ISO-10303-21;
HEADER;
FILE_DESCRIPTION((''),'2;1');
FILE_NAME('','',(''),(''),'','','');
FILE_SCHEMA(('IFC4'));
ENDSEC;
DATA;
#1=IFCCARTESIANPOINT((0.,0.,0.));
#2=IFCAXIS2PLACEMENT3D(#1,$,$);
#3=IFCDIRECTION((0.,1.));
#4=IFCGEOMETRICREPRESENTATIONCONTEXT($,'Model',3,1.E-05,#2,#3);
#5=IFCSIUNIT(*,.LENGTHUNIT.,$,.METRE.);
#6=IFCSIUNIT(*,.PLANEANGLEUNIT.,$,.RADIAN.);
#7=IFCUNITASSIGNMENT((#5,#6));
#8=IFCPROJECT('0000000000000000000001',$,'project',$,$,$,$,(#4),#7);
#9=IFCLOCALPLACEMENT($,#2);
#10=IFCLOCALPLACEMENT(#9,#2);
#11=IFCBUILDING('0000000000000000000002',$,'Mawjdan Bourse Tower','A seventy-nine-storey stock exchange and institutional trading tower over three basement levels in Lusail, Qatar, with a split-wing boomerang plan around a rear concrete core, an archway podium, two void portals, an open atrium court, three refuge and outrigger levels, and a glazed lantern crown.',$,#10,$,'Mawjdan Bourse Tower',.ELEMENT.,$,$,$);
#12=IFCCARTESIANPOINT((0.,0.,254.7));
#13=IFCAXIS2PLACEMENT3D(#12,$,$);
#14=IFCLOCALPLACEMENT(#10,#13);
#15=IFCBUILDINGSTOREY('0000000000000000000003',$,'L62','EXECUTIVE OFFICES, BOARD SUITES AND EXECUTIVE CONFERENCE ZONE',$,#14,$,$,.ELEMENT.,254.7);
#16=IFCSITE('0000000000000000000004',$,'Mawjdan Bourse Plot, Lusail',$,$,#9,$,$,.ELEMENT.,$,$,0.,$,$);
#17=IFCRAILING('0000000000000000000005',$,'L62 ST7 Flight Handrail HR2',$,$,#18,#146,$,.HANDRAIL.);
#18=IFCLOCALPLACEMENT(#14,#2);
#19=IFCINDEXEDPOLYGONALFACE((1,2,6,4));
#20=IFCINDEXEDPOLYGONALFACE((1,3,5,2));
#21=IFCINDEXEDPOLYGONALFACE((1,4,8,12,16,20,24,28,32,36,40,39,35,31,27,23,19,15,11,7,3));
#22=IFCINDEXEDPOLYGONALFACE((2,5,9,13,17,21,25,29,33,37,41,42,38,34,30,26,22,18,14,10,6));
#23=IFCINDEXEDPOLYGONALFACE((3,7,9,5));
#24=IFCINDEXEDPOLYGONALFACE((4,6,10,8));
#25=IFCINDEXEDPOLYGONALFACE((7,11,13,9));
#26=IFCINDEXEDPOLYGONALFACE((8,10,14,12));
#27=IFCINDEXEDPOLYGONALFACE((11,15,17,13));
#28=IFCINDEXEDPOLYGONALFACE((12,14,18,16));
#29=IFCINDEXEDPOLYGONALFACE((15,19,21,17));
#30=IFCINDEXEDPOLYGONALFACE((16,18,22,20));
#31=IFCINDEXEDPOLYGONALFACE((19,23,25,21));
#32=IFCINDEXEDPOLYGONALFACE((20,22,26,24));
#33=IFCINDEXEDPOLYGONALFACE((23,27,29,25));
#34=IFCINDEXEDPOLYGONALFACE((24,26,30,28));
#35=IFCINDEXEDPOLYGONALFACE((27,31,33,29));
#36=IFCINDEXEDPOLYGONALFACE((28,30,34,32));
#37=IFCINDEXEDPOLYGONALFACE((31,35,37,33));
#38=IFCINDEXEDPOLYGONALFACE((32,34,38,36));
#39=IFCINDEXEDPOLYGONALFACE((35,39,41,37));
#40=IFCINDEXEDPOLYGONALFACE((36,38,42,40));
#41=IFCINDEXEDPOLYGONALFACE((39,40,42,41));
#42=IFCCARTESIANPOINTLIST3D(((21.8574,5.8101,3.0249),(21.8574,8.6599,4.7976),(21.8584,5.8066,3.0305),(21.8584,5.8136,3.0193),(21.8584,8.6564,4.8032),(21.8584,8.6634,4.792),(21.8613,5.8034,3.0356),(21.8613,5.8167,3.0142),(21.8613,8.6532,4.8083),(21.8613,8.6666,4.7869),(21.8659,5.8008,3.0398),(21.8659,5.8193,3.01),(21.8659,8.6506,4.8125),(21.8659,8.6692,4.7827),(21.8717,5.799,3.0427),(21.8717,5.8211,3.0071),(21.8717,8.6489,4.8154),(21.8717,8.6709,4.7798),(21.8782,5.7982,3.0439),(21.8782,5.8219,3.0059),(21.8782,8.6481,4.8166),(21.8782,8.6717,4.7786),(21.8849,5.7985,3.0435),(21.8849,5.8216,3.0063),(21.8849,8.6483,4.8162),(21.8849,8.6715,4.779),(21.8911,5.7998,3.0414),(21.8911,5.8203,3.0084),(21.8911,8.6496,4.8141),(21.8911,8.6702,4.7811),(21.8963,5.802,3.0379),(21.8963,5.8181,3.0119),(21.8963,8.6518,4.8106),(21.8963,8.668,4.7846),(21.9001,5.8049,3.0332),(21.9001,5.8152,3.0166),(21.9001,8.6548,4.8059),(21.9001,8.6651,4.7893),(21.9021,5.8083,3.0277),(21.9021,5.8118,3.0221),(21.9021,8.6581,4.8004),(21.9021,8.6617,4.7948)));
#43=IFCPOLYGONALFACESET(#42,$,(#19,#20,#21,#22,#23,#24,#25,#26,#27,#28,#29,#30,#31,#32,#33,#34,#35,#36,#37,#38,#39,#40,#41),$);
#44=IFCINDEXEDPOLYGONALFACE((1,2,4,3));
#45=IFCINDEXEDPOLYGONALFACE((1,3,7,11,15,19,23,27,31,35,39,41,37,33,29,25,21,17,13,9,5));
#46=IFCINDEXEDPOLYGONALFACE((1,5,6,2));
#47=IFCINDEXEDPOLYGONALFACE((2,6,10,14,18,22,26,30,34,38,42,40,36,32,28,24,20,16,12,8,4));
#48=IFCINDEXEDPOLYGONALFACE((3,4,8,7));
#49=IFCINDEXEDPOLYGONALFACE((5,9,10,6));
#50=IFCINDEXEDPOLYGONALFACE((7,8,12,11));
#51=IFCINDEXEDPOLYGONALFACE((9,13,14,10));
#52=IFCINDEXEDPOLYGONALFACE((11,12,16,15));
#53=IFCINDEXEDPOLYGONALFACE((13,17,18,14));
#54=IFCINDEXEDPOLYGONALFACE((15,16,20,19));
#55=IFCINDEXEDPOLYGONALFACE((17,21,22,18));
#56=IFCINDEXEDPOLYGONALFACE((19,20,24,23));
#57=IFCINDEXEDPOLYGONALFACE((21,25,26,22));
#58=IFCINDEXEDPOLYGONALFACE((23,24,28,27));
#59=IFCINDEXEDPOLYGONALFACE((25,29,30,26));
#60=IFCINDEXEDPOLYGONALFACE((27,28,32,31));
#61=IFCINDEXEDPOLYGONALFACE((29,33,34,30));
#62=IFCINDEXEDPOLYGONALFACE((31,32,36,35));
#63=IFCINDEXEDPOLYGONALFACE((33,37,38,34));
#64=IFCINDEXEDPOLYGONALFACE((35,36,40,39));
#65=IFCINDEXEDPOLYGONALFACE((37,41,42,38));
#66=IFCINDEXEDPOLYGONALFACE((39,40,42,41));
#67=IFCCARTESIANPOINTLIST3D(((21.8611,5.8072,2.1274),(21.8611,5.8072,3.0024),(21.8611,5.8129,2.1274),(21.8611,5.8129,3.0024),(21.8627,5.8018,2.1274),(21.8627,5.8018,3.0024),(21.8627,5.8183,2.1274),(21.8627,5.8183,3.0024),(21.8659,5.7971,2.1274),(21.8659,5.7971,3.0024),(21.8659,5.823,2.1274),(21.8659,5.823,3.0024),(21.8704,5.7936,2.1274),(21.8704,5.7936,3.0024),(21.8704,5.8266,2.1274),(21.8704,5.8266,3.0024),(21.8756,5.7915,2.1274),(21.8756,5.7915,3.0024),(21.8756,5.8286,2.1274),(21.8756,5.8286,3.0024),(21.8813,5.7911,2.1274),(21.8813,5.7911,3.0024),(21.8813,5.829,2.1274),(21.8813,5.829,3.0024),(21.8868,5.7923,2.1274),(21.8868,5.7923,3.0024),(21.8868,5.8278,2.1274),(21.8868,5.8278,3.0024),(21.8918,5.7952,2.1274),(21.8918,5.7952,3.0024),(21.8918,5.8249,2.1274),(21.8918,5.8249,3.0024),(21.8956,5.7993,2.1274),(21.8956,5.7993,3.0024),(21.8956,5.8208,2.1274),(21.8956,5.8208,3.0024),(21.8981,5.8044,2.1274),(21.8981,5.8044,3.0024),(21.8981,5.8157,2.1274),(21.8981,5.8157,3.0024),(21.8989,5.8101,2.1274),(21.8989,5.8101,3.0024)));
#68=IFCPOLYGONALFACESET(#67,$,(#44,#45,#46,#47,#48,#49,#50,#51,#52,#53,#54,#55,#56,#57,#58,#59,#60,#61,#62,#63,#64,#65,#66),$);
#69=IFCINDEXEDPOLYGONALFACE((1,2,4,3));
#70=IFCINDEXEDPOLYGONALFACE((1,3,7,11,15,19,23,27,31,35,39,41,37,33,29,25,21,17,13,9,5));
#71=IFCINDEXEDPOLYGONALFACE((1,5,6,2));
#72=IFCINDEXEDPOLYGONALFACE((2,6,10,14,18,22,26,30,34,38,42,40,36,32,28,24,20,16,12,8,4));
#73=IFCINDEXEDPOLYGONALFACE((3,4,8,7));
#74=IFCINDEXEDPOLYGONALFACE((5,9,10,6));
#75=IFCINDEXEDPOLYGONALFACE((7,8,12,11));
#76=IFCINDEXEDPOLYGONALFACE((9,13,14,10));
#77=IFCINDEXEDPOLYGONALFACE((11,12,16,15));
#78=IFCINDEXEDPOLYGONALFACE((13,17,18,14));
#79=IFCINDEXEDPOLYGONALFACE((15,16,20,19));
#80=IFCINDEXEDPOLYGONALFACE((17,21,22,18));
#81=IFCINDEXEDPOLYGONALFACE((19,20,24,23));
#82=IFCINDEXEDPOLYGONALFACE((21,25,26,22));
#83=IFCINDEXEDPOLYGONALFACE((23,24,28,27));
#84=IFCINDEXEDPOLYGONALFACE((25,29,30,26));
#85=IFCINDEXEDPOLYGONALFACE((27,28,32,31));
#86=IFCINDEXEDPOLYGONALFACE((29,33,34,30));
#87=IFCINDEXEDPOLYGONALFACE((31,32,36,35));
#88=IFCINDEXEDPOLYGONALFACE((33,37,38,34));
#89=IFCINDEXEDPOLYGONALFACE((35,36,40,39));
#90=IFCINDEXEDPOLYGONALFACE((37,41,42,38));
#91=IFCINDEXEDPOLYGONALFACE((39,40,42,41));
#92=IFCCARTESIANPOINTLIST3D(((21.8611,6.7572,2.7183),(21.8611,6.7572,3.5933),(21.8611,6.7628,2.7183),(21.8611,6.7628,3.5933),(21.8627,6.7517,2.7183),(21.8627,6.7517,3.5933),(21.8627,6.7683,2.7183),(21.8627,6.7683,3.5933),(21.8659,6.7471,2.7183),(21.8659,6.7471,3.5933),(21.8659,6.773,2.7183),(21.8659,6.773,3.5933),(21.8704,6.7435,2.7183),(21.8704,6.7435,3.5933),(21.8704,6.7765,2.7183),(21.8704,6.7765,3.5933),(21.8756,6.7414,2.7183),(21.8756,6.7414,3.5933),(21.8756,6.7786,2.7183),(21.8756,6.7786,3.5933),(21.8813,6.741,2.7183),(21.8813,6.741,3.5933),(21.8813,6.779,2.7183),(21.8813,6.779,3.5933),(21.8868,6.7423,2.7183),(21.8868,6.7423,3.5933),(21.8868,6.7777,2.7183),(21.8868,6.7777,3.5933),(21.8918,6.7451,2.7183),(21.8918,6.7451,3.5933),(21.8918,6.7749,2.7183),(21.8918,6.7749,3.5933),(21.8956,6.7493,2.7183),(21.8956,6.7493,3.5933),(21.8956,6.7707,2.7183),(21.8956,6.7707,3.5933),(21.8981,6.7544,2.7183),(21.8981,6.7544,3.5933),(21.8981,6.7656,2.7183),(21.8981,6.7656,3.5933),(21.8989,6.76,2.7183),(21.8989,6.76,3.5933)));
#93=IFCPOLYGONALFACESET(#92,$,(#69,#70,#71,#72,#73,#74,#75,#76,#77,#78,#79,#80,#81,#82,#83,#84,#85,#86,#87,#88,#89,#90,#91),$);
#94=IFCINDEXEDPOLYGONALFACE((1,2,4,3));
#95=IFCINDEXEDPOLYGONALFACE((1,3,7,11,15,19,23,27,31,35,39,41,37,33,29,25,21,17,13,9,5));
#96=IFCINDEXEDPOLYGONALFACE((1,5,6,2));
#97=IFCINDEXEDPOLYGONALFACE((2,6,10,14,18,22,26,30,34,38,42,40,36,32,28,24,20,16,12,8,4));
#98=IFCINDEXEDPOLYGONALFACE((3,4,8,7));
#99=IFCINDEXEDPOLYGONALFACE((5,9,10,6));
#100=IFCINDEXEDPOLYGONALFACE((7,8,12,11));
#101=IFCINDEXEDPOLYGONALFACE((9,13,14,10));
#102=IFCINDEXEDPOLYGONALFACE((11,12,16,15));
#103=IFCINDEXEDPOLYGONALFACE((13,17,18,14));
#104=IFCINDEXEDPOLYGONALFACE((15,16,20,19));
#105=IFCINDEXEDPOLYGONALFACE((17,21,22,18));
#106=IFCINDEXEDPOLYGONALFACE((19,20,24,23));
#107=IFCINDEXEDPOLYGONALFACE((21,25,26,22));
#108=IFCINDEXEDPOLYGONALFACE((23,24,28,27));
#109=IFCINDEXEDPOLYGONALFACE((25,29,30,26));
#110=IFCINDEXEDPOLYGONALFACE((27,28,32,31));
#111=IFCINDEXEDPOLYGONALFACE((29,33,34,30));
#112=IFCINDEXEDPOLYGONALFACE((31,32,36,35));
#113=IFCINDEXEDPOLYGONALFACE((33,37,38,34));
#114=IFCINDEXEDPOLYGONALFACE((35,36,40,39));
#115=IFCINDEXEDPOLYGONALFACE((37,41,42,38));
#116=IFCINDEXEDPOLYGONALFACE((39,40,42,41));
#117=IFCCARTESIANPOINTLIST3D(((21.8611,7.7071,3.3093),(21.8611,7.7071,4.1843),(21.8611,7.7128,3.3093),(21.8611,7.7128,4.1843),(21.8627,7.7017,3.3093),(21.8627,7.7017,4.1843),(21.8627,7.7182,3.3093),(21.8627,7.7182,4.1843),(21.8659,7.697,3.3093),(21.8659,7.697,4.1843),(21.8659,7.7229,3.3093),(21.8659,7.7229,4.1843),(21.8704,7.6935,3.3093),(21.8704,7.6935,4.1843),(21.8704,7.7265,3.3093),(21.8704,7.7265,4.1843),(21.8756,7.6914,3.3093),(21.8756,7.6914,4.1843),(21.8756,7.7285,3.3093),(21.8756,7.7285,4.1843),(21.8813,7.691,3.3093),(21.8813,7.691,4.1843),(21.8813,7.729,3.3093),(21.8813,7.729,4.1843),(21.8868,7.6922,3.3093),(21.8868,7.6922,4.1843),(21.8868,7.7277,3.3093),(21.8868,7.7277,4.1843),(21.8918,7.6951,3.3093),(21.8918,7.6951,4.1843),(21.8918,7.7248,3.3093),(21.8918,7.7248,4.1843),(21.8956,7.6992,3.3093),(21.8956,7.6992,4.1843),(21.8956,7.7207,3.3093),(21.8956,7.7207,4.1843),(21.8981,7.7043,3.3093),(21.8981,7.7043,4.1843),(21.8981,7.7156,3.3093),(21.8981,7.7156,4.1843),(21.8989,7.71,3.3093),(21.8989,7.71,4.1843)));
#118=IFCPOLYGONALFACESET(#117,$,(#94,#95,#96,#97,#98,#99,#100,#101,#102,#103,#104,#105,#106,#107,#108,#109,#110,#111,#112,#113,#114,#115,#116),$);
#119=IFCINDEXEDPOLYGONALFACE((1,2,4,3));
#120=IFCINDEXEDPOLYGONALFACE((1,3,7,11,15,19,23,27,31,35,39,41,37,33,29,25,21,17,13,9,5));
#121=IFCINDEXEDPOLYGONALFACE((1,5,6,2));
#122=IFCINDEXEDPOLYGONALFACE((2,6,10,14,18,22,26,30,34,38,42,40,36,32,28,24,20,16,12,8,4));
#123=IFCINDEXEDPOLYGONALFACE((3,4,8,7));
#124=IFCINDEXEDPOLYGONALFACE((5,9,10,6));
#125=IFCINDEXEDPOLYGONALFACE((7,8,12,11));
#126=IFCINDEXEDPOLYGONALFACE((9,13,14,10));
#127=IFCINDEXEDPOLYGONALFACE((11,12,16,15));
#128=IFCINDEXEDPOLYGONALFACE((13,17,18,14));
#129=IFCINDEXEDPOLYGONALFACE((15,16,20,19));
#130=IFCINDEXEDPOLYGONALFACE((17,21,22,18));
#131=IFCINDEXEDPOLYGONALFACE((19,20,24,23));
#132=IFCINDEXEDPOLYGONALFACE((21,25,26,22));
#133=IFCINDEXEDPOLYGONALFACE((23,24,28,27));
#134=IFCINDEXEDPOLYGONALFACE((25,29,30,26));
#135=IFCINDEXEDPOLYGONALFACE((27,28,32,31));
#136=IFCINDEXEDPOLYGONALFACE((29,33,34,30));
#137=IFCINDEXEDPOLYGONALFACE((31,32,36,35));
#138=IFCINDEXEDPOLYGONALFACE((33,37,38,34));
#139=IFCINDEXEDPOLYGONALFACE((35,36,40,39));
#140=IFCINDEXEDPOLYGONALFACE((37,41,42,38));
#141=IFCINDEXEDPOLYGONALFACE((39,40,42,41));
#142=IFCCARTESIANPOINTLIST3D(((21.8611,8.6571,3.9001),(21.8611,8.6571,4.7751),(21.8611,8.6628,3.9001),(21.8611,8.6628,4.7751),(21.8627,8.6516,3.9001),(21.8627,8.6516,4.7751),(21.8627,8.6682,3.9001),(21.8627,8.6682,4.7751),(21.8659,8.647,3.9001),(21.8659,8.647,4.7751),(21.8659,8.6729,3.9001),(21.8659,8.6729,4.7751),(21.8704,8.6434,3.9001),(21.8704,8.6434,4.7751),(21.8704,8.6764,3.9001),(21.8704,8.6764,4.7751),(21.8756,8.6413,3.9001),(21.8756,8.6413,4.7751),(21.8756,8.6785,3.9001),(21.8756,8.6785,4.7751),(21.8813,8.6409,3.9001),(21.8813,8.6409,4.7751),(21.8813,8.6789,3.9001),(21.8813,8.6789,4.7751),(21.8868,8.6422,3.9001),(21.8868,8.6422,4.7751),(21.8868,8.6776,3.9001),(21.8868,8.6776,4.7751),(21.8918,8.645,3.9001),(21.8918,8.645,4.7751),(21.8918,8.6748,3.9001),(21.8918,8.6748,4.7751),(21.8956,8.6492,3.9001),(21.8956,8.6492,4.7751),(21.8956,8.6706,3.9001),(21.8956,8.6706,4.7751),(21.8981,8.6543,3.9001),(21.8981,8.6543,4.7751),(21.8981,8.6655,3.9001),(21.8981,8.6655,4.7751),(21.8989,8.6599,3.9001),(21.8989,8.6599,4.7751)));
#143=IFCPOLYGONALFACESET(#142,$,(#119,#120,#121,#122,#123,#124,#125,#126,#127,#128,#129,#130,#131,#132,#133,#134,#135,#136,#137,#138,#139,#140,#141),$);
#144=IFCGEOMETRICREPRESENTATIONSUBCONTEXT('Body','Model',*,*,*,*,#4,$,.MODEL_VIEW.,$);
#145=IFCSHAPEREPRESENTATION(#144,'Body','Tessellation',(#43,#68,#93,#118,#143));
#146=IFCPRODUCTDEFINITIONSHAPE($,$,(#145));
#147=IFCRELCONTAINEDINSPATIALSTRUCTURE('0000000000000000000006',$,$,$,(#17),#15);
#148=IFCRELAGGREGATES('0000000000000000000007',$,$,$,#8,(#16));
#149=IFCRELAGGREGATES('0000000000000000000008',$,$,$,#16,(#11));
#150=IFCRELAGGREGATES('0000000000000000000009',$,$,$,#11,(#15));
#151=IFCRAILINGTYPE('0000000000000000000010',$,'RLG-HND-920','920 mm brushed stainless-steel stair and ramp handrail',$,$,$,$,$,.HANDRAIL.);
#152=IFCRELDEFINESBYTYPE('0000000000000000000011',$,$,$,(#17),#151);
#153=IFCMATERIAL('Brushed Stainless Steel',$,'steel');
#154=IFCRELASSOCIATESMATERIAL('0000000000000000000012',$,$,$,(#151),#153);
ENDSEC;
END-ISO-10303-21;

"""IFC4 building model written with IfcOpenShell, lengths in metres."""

from ifc_helpers import new_model, si_unit, direction, frame, origin, origin_2d, place, context, subcontext, project, spatial, circle, extrude, material, type_object, element, save


model = new_model("IFC4")

# Units and contexts
model_context = context("Model", 3, precision=1e-05, world=origin(), true_north=direction((0.0, 1.0)))
body_context = subcontext(model_context, "Body", "Model", "MODEL_VIEW")
ifc_project = project(units=[si_unit("LENGTHUNIT", "METRE"), si_unit("PLANEANGLEUNIT", "RADIAN")], contexts=[model_context])

# Site, building, storey
site_placement = place(None, origin())
site = spatial("IfcSite", under=ifc_project, at=site_placement, Name="Mawjdan Bourse Plot, Lusail", CompositionType="ELEMENT", RefElevation=0.0)
building_placement = place(site_placement, origin())
building = spatial("IfcBuilding", under=site, at=building_placement, Name="Mawjdan Bourse Tower", Description="A seventy-nine-storey stock exchange and institutional trading tower over three basement levels in Lusail, Qatar, with a split-wing boomerang plan around a rear concrete core, an archway podium, two void portals, an open atrium court, three refuge and outrigger levels, and a glazed lantern crown.", LongName="Mawjdan Bourse Tower", CompositionType="ELEMENT")
storey_placement = place(building_placement, frame((0.0, 0.0, 254.7)))
storey = spatial("IfcBuildingStorey", under=building, at=storey_placement, Name="L62", Description="EXECUTIVE OFFICES, BOARD SUITES AND EXECUTIVE CONFERENCE ZONE", CompositionType="ELEMENT", Elevation=254.7)

# Railing
ifc_material_1 = material(Name="Brushed Stainless Steel", Category="steel")
railing_type_1 = type_object("IfcRailingType", Name="RLG-HND-920", Description="920 mm brushed stainless-steel stair and ramp handrail", PredefinedType="HANDRAIL", material=ifc_material_1)
railing_1_placement = place(storey_placement, frame((21.8799, 5.8101, 2.1274)))
element("IfcRailing", 1, at=railing_1_placement, inside=storey, type_object=railing_type_1, Name="L62 ST7 Flight Handrail HR2", PredefinedType="HANDRAIL", context=body_context, shape_type="SweptSolid", body=[
    extrude(circle(Radius=0.0225, at=origin_2d()), frame((0.0, 0.0, 0.8975), z_axis=(0.0, 0.849128, 0.528187), x_axis=(-1.0, 0.0, 0.0)), (0.0, 0.0, 1.0), 3.3562),
    extrude(circle(Radius=0.019, at=origin_2d()), origin(), (0.0, 0.0, 1.0), 0.875),
    extrude(circle(Radius=0.019, at=origin_2d()), frame((0.0, 0.95, 0.5908)), (0.0, 0.0, 1.0), 0.875),
    extrude(circle(Radius=0.019, at=origin_2d()), frame((0.0, 1.8999, 1.1819)), (0.0, 0.0, 1.0), 0.875),
    extrude(circle(Radius=0.019, at=origin_2d()), frame((0.0, 2.8499, 1.7727)), (0.0, 0.0, 1.0), 0.875),
])

save(model, "model.ifc")
